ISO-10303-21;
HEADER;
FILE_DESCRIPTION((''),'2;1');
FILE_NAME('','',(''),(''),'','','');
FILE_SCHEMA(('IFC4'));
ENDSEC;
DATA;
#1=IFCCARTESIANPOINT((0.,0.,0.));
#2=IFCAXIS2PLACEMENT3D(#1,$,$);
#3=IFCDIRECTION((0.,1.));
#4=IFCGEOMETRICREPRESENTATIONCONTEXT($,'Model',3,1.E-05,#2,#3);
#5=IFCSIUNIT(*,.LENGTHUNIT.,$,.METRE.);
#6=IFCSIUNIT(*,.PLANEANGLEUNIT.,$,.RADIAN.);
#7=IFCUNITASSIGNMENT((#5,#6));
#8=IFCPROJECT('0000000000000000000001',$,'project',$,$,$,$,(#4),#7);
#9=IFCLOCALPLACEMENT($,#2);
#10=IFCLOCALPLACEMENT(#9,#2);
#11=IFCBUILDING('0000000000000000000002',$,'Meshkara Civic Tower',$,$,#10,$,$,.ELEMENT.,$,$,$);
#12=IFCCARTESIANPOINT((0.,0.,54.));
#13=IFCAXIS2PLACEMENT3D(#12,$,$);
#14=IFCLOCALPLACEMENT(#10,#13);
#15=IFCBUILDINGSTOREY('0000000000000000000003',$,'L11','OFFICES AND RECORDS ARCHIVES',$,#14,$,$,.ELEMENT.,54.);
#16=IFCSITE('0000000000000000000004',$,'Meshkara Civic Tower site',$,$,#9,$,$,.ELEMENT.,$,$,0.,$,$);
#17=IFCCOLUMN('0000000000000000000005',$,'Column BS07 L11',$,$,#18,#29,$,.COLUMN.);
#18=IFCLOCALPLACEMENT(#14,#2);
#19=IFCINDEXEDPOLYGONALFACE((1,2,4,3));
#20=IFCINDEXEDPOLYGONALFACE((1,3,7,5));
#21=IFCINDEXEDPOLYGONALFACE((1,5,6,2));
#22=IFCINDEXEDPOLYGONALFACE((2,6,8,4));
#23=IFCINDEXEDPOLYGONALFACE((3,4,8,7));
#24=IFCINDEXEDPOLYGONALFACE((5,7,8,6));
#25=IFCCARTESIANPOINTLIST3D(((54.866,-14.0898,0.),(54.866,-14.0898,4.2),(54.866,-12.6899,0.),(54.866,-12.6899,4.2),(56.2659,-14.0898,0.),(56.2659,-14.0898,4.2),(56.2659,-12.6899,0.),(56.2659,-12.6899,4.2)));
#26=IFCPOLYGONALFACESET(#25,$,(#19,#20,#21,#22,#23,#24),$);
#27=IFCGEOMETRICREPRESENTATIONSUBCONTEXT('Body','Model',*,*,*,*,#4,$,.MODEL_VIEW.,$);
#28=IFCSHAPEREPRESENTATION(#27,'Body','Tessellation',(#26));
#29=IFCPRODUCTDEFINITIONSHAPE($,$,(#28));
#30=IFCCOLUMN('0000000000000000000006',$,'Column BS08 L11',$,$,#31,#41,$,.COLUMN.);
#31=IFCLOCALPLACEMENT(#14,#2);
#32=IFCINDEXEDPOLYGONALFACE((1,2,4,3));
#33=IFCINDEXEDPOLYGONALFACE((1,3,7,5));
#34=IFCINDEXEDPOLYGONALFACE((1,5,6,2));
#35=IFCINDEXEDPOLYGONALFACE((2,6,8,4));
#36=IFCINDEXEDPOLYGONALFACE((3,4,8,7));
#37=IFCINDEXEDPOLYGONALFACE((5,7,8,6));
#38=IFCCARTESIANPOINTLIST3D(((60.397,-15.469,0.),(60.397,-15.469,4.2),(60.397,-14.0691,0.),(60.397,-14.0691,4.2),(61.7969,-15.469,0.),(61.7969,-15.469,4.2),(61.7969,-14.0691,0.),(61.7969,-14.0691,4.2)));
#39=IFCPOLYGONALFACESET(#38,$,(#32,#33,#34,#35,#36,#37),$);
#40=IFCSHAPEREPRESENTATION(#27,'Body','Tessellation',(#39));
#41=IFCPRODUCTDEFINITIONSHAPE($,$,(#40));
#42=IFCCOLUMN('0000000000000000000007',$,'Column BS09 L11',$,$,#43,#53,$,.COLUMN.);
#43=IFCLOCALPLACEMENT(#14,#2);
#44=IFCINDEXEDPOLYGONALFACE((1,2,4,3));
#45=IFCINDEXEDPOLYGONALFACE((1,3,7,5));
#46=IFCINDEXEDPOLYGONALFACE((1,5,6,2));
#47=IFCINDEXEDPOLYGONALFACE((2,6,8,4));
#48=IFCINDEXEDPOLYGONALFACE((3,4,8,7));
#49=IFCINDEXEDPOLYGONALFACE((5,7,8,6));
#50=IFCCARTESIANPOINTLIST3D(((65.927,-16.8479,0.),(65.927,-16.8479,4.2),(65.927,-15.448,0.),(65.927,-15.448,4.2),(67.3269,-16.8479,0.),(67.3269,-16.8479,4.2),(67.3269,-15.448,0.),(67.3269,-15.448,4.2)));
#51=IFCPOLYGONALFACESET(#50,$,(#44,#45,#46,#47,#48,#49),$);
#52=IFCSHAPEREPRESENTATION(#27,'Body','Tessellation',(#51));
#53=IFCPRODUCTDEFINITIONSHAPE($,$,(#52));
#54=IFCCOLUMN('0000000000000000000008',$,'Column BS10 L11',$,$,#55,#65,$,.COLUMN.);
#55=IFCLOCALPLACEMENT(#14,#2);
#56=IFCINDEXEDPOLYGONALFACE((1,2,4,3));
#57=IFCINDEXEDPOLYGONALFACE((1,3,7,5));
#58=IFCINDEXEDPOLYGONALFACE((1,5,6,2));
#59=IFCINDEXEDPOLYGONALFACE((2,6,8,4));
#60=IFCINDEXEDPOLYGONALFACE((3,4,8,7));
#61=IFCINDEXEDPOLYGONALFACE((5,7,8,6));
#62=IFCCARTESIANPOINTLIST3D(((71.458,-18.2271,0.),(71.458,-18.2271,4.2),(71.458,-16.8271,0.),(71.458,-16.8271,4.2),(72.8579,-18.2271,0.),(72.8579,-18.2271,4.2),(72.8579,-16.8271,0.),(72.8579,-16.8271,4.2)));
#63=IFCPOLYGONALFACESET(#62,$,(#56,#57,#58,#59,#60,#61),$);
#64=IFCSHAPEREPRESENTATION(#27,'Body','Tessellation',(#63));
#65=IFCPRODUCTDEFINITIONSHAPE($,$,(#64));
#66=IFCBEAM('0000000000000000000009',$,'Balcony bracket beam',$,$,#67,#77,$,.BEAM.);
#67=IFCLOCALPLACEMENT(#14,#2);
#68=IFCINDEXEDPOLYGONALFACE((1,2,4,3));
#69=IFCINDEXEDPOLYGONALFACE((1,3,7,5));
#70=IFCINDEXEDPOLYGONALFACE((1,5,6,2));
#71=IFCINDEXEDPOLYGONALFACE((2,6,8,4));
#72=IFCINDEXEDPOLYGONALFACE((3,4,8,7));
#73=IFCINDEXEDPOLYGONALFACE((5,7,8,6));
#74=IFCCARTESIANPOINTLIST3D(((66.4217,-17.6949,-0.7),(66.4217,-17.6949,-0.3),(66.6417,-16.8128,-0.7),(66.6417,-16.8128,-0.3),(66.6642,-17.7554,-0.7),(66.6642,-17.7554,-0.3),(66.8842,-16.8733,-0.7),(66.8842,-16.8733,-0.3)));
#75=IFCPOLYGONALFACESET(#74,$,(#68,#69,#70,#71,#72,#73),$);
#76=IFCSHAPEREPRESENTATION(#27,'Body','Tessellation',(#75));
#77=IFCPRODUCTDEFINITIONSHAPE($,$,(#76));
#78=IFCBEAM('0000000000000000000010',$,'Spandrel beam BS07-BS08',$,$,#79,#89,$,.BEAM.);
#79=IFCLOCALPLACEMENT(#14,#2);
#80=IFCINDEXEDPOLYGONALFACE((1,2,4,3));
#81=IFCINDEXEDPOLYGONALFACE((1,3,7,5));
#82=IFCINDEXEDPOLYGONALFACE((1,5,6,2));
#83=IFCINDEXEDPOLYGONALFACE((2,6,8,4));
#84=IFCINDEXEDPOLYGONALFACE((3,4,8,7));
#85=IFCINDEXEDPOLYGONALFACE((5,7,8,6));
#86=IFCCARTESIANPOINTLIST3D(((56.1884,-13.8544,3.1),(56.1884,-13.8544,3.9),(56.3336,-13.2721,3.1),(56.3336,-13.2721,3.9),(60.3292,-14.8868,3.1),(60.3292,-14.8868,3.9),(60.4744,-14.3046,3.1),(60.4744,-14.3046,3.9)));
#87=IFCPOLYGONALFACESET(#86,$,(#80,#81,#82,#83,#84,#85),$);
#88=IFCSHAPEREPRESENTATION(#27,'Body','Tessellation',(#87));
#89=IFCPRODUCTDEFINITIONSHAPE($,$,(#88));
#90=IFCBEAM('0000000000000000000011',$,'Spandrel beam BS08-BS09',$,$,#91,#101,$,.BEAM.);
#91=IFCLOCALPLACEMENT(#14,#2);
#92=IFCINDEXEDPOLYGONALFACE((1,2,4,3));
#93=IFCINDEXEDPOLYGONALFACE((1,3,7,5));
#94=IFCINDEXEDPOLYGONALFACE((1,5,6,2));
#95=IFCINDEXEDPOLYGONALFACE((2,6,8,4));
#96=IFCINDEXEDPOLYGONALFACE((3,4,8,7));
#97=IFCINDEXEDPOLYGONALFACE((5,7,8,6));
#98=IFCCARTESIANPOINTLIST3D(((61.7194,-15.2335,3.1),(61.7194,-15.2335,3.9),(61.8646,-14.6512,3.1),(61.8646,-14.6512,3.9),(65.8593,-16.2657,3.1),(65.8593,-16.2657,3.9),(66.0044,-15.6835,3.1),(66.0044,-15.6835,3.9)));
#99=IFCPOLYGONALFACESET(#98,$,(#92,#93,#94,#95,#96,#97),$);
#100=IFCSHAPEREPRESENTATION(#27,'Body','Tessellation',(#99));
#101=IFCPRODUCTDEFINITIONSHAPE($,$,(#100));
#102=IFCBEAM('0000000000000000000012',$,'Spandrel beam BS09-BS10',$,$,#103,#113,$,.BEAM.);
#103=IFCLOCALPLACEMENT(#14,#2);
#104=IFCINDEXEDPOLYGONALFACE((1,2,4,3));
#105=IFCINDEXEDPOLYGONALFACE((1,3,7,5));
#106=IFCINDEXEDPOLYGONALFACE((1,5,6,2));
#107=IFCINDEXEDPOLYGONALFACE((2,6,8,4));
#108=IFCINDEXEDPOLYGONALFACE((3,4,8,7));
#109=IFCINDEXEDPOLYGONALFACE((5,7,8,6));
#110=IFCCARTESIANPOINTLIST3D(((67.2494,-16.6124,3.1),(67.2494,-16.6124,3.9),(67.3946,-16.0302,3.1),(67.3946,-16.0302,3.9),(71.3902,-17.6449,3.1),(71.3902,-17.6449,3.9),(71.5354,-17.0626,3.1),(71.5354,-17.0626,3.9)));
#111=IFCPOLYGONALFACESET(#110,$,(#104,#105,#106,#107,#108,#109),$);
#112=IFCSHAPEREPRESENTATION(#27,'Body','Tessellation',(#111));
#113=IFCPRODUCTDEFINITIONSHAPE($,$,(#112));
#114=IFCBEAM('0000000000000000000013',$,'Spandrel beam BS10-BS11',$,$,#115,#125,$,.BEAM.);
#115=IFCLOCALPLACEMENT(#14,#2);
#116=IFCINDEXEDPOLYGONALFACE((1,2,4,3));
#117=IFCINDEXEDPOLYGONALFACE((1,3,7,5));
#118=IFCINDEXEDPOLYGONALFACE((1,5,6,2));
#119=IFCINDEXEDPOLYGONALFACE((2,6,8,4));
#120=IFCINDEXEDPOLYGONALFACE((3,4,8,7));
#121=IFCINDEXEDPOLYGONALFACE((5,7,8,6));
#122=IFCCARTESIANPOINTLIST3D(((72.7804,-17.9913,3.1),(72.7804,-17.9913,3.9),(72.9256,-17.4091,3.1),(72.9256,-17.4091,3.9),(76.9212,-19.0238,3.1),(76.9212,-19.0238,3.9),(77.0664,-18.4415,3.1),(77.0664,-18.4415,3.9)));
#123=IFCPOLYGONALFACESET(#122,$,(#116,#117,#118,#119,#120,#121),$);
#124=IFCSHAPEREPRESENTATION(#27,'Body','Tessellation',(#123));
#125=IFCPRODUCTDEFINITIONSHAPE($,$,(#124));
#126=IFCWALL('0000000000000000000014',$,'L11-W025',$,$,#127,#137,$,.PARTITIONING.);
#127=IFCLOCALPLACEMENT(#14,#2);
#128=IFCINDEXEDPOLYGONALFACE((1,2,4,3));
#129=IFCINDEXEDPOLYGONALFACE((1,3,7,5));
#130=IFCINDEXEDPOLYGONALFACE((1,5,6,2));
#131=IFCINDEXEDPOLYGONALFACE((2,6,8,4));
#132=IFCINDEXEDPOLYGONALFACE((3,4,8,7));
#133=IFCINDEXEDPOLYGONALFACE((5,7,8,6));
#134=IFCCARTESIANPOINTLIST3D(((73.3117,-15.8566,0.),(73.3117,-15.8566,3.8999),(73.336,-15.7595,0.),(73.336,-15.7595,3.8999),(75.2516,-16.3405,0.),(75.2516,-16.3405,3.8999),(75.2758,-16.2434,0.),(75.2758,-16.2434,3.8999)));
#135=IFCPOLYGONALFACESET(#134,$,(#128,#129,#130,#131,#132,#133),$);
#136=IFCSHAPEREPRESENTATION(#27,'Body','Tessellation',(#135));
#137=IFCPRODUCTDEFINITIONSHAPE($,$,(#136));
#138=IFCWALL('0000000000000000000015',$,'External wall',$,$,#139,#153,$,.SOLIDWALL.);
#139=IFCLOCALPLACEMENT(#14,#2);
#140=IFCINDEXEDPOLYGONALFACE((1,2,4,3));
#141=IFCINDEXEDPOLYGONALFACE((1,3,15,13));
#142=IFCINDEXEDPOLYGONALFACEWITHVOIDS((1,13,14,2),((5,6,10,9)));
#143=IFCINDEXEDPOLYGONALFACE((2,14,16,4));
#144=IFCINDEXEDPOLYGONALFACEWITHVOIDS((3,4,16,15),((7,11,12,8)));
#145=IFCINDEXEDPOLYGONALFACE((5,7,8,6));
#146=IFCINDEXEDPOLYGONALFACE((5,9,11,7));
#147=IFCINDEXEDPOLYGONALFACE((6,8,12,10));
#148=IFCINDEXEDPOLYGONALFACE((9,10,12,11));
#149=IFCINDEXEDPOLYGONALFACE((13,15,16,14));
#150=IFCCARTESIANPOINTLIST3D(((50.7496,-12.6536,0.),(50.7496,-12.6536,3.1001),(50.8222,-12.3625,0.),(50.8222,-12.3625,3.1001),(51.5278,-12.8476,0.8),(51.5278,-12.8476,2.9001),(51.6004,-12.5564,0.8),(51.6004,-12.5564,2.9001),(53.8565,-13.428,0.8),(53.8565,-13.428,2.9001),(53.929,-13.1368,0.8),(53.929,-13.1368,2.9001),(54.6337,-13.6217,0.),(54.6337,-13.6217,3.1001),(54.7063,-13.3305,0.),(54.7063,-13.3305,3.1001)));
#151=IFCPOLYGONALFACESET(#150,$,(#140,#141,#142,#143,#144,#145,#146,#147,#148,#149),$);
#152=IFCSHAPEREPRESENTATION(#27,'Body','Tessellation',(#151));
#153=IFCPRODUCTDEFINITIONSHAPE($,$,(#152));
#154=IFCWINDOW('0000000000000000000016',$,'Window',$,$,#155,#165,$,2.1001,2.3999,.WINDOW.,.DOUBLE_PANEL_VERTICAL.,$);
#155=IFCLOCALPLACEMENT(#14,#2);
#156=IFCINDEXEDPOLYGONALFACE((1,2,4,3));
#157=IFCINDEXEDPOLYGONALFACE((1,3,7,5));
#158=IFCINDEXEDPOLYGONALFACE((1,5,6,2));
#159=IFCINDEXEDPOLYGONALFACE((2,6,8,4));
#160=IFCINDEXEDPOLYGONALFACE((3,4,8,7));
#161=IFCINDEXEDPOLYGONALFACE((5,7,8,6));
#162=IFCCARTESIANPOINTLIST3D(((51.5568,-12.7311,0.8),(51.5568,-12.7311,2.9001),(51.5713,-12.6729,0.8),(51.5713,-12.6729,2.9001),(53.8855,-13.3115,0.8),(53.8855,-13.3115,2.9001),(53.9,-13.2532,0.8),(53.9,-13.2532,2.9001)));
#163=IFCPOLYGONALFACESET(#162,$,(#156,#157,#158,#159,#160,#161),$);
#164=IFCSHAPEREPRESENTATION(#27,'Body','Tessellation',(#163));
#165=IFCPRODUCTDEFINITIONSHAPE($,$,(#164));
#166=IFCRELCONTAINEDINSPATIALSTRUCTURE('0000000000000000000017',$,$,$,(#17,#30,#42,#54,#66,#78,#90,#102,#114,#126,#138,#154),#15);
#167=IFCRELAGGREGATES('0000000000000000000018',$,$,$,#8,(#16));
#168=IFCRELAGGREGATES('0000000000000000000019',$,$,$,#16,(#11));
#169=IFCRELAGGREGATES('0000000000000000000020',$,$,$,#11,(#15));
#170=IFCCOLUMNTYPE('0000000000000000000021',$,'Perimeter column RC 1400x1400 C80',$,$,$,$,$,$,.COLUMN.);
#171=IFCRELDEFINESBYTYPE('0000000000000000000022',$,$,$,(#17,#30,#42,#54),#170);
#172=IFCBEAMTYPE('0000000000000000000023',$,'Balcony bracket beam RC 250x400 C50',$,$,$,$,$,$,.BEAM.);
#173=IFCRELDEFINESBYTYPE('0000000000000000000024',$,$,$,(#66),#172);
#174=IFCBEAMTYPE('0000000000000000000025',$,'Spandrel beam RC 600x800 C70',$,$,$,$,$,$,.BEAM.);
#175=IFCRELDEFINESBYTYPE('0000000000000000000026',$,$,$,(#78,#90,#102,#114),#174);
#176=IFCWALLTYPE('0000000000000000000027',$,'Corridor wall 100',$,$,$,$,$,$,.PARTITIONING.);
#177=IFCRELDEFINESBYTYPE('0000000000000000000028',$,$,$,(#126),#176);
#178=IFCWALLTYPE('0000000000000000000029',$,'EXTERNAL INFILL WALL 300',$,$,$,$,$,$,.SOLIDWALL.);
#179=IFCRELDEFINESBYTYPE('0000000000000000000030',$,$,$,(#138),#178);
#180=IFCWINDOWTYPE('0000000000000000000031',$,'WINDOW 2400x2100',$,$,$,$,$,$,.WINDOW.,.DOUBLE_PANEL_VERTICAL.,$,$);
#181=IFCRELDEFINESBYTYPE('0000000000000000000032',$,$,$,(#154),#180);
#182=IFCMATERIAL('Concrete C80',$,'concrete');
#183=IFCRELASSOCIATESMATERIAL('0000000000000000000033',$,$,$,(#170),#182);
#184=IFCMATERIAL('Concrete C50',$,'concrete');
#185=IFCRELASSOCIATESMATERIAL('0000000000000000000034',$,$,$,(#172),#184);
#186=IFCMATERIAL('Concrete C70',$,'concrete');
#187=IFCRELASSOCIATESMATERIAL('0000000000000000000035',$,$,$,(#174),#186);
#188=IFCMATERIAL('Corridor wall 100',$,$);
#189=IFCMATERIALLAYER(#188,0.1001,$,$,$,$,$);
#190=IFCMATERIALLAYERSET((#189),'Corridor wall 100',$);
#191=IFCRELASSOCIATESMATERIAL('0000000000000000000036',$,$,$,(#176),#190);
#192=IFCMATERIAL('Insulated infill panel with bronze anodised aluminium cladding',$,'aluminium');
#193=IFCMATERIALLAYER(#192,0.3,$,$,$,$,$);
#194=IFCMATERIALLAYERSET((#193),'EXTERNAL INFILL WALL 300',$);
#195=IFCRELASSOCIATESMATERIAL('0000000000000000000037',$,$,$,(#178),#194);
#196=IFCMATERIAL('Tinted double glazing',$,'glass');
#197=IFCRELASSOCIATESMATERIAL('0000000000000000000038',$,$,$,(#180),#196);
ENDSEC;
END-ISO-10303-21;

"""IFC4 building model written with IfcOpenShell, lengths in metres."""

from ifc_helpers import new_model, si_unit, direction, frame, frame_2d, origin, origin_2d, place, context, subcontext, project, spatial, rectangle, extrude, material, layer, layer_set, material_profile, profile_set, type_object, element, fill, save


model = new_model("IFC4")

# Units and contexts
model_context = context("Model", 3, precision=1e-05, world=origin(), true_north=direction((0.0, 1.0)))
body_context = subcontext(model_context, "Body", "Model", "MODEL_VIEW")
ifc_project = project(units=[si_unit("LENGTHUNIT", "METRE"), si_unit("PLANEANGLEUNIT", "RADIAN")], contexts=[model_context])

# Site, building, storey
site_placement = place(None, origin())
site = spatial("IfcSite", under=ifc_project, at=site_placement, Name="Meshkara Civic Tower site", CompositionType="ELEMENT", RefElevation=0.0)
building_placement = place(site_placement, origin())
building = spatial("IfcBuilding", under=site, at=building_placement, Name="Meshkara Civic Tower", CompositionType="ELEMENT")
storey_placement = place(building_placement, frame((0.0, 0.0, 54.0)))
storey = spatial("IfcBuildingStorey", under=building, at=storey_placement, Name="L11", Description="OFFICES AND RECORDS ARCHIVES", CompositionType="ELEMENT", Elevation=54.0)

# Columns
ifc_material_1 = material(Name="Concrete C80", Category="concrete")
ifc_material_profile_1 = material_profile(ifc_material_1, rectangle(XDim=1.3999, YDim=1.3999, at=origin_2d()))
ifc_profile_set_1 = profile_set([ifc_material_profile_1], Name="Concrete C80")
column_type = type_object("IfcColumnType", Name="Perimeter column RC 1400x1400 C80", PredefinedType="COLUMN", material=ifc_profile_set_1)
for number, where, z_axis, x_axis, name in (
    (1, (55.5659, -13.3899, 0.0), (0.0, 0.0, 1.0), (1.0, 0.0, 0.0), "Column BS07 L11"),
    (2, (61.0969, -14.769, 0.0), (0.0, 0.0, 1.0), (1.0, 0.0, 0.0), "Column BS08 L11"),
    (3, (66.627, -16.1479, 0.0), (0.0, 0.0, 1.0), (1.0, 0.0, 0.0), "Column BS09 L11"),
    (4, (72.158, -17.5271, 0.0), (0.0, 0.0, 1.0), (1.0, 0.0, 0.0), "Column BS10 L11"),
):
    element("IfcColumn", number, at=place(storey_placement, frame(where, z_axis=z_axis, x_axis=x_axis)), inside=storey, type_object=column_type, Name=name, PredefinedType="COLUMN", context=body_context, shape_type="SweptSolid", body=[
        extrude(rectangle(XDim=1.3999, YDim=1.3999, at=origin_2d()), origin(), (0.0, 0.0, 1.0), 4.2),
    ])

# Beams
ifc_material_2 = material(Name="Concrete C50", Category="concrete")
ifc_material_profile_2 = material_profile(ifc_material_2, rectangle(XDim=0.25, YDim=0.3999, at=origin_2d()))
ifc_profile_set_2 = profile_set([ifc_material_profile_2], Name="Concrete C50")
beam_type_1 = type_object("IfcBeamType", Name="Balcony bracket beam RC 250x400 C50", PredefinedType="BEAM", material=ifc_profile_set_2)
beam_1_placement = place(storey_placement, frame((66.7629, -16.843, -0.5), z_axis=(-0.241967, -0.970285, 0.0), x_axis=(0.970285, -0.241967, 0.0)))
element("IfcBeam", 5, at=beam_1_placement, inside=storey, type_object=beam_type_1, Name="Balcony bracket beam", PredefinedType="BEAM", context=body_context, shape_type="SweptSolid", body=[
    extrude(rectangle(XDim=0.25, YDim=0.3999, at=origin_2d()), origin(), (0.0, 0.0, 1.0), 0.9092),
])
ifc_material_3 = material(Name="Concrete C70", Category="concrete")
ifc_material_profile_3 = material_profile(ifc_material_3, rectangle(XDim=0.6001, YDim=0.8, at=origin_2d()))
ifc_profile_set_3 = profile_set([ifc_material_profile_3], Name="Concrete C70")
beam_type_2 = type_object("IfcBeamType", Name="Spandrel beam RC 600x800 C70", PredefinedType="BEAM", material=ifc_profile_set_3)
beam_2_placement = place(storey_placement, frame((56.261, -13.5632, 3.5), z_axis=(0.970294, -0.24193, 0.0), x_axis=(0.24193, 0.970294, 0.0)))
element("IfcBeam", 6, at=beam_2_placement, inside=storey, type_object=beam_type_2, Name="Spandrel beam BS07-BS08", PredefinedType="BEAM", context=body_context, shape_type="SweptSolid", body=[
    extrude(rectangle(XDim=0.6001, YDim=0.8, at=origin_2d()), origin(), (0.0, 0.0, 1.0), 4.2676),
])
beam_3_placement = place(storey_placement, frame((61.792, -14.9424, 3.5), z_axis=(0.970294, -0.24193, 0.0), x_axis=(0.24193, 0.970294, 0.0)))
element("IfcBeam", 7, at=beam_3_placement, inside=storey, type_object=beam_type_2, Name="Spandrel beam BS08-BS09", PredefinedType="BEAM", context=body_context, shape_type="SweptSolid", body=[
    extrude(rectangle(XDim=0.6001, YDim=0.8, at=origin_2d()), origin(), (0.0, 0.0, 1.0), 4.2666),
])
for number, where, z_axis, x_axis, name in (
    (8, (67.322, -16.3213, 3.5), (0.970294, -0.24193, 0.0), (0.24193, 0.970294, 0.0), "Spandrel beam BS09-BS10"),
    (9, (72.853, -17.7002, 3.5), (0.970294, -0.24193, 0.0), (0.24193, 0.970294, 0.0), "Spandrel beam BS10-BS11"),
):
    element("IfcBeam", number, at=place(storey_placement, frame(where, z_axis=z_axis, x_axis=x_axis)), inside=storey, type_object=beam_type_2, Name=name, PredefinedType="BEAM", context=body_context, shape_type="SweptSolid", body=[
        extrude(rectangle(XDim=0.6001, YDim=0.8, at=origin_2d()), origin(), (0.0, 0.0, 1.0), 4.2676),
    ])

# Wall
ifc_material_4 = material(Name="Corridor wall 100")
ifc_layer_1 = layer(ifc_material_4, 0.1001)
ifc_layer_set_1 = layer_set([ifc_layer_1], Name="Corridor wall 100")
wall_type_1 = type_object("IfcWallType", Name="Corridor wall 100", PredefinedType="PARTITIONING", material=ifc_layer_set_1)
wall_1_placement = place(storey_placement, frame((73.324, -15.8081, 0.0), z_axis=(0.0, 0.0, 1.0), x_axis=(0.970272, -0.242018, 0.0)))
element("IfcWall", 10, at=wall_1_placement, inside=storey, type_object=wall_type_1, Name="L11-W025", PredefinedType="PARTITIONING", context=body_context, shape_type="SweptSolid", body=[
    extrude(rectangle(XDim=1.9993, YDim=0.1001, at=frame_2d((0.9995, 0.0))), origin(), (0.0, 0.0, 1.0), 3.8999),
])

# Wall, opening, window
ifc_material_5 = material(Name="Insulated infill panel with bronze anodised aluminium cladding", Category="aluminium")
ifc_layer_2 = layer(ifc_material_5, 0.3)
ifc_layer_set_2 = layer_set([ifc_layer_2], Name="EXTERNAL INFILL WALL 300")
wall_type_2 = type_object("IfcWallType", Name="EXTERNAL INFILL WALL 300", PredefinedType="SOLIDWALL", material=ifc_layer_set_2)
wall_2_placement = place(storey_placement, frame((50.7859, -12.5081, 0.0), z_axis=(0.0, 0.0, 1.0), x_axis=(0.970318, -0.241832, 0.0)))
wall_2 = element("IfcWall", 11, at=wall_2_placement, inside=storey, type_object=wall_type_2, Name="External wall", PredefinedType="SOLIDWALL", context=body_context, shape_type="SweptSolid", body=[
    extrude(rectangle(XDim=4.0029, YDim=0.3, at=frame_2d((2.0015, 0.0))), origin(), (0.0, 0.0, 1.0), 3.1001),
])
opening_1_placement = place(wall_2_placement, frame((0.802, 0.0, 0.8)))
opening_1 = element("IfcOpeningElement", 12, at=opening_1_placement, cuts=wall_2, PredefinedType="OPENING", context=body_context, shape_type="SweptSolid", body=[
    extrude(rectangle(XDim=2.3999, YDim=2.1001, at=frame_2d((1.2, 1.05))), frame((0.0, 0.1599, 0.0), z_axis=(0.0, -1.0, 0.0), x_axis=(1.0, 0.0, 0.0)), (0.0, 0.0, 1.0), 0.3201),
])
ifc_material_6 = material(Name="Tinted double glazing", Category="glass")
window_type = type_object("IfcWindowType", Name="WINDOW 2400x2100", PartitioningType="DOUBLE_PANEL_VERTICAL", PredefinedType="WINDOW", material=ifc_material_6)
window_1_placement = place(opening_1_placement, origin())
window_1 = element("IfcWindow", 13, at=window_1_placement, inside=storey, type_object=window_type, Name="Window", OverallHeight=2.1001, OverallWidth=2.3999, PartitioningType="DOUBLE_PANEL_VERTICAL", PredefinedType="WINDOW", context=body_context, shape_type="SweptSolid", body=[
    extrude(rectangle(XDim=2.3999, YDim=2.1001, at=frame_2d((1.2, 1.05))), frame((0.0, 0.03, 0.0), z_axis=(0.0, -1.0, 0.0), x_axis=(1.0, 0.0, 0.0)), (0.0, 0.0, 1.0), 0.0601),
])
fill(opening_1, window_1)

save(model, "model.ifc")
